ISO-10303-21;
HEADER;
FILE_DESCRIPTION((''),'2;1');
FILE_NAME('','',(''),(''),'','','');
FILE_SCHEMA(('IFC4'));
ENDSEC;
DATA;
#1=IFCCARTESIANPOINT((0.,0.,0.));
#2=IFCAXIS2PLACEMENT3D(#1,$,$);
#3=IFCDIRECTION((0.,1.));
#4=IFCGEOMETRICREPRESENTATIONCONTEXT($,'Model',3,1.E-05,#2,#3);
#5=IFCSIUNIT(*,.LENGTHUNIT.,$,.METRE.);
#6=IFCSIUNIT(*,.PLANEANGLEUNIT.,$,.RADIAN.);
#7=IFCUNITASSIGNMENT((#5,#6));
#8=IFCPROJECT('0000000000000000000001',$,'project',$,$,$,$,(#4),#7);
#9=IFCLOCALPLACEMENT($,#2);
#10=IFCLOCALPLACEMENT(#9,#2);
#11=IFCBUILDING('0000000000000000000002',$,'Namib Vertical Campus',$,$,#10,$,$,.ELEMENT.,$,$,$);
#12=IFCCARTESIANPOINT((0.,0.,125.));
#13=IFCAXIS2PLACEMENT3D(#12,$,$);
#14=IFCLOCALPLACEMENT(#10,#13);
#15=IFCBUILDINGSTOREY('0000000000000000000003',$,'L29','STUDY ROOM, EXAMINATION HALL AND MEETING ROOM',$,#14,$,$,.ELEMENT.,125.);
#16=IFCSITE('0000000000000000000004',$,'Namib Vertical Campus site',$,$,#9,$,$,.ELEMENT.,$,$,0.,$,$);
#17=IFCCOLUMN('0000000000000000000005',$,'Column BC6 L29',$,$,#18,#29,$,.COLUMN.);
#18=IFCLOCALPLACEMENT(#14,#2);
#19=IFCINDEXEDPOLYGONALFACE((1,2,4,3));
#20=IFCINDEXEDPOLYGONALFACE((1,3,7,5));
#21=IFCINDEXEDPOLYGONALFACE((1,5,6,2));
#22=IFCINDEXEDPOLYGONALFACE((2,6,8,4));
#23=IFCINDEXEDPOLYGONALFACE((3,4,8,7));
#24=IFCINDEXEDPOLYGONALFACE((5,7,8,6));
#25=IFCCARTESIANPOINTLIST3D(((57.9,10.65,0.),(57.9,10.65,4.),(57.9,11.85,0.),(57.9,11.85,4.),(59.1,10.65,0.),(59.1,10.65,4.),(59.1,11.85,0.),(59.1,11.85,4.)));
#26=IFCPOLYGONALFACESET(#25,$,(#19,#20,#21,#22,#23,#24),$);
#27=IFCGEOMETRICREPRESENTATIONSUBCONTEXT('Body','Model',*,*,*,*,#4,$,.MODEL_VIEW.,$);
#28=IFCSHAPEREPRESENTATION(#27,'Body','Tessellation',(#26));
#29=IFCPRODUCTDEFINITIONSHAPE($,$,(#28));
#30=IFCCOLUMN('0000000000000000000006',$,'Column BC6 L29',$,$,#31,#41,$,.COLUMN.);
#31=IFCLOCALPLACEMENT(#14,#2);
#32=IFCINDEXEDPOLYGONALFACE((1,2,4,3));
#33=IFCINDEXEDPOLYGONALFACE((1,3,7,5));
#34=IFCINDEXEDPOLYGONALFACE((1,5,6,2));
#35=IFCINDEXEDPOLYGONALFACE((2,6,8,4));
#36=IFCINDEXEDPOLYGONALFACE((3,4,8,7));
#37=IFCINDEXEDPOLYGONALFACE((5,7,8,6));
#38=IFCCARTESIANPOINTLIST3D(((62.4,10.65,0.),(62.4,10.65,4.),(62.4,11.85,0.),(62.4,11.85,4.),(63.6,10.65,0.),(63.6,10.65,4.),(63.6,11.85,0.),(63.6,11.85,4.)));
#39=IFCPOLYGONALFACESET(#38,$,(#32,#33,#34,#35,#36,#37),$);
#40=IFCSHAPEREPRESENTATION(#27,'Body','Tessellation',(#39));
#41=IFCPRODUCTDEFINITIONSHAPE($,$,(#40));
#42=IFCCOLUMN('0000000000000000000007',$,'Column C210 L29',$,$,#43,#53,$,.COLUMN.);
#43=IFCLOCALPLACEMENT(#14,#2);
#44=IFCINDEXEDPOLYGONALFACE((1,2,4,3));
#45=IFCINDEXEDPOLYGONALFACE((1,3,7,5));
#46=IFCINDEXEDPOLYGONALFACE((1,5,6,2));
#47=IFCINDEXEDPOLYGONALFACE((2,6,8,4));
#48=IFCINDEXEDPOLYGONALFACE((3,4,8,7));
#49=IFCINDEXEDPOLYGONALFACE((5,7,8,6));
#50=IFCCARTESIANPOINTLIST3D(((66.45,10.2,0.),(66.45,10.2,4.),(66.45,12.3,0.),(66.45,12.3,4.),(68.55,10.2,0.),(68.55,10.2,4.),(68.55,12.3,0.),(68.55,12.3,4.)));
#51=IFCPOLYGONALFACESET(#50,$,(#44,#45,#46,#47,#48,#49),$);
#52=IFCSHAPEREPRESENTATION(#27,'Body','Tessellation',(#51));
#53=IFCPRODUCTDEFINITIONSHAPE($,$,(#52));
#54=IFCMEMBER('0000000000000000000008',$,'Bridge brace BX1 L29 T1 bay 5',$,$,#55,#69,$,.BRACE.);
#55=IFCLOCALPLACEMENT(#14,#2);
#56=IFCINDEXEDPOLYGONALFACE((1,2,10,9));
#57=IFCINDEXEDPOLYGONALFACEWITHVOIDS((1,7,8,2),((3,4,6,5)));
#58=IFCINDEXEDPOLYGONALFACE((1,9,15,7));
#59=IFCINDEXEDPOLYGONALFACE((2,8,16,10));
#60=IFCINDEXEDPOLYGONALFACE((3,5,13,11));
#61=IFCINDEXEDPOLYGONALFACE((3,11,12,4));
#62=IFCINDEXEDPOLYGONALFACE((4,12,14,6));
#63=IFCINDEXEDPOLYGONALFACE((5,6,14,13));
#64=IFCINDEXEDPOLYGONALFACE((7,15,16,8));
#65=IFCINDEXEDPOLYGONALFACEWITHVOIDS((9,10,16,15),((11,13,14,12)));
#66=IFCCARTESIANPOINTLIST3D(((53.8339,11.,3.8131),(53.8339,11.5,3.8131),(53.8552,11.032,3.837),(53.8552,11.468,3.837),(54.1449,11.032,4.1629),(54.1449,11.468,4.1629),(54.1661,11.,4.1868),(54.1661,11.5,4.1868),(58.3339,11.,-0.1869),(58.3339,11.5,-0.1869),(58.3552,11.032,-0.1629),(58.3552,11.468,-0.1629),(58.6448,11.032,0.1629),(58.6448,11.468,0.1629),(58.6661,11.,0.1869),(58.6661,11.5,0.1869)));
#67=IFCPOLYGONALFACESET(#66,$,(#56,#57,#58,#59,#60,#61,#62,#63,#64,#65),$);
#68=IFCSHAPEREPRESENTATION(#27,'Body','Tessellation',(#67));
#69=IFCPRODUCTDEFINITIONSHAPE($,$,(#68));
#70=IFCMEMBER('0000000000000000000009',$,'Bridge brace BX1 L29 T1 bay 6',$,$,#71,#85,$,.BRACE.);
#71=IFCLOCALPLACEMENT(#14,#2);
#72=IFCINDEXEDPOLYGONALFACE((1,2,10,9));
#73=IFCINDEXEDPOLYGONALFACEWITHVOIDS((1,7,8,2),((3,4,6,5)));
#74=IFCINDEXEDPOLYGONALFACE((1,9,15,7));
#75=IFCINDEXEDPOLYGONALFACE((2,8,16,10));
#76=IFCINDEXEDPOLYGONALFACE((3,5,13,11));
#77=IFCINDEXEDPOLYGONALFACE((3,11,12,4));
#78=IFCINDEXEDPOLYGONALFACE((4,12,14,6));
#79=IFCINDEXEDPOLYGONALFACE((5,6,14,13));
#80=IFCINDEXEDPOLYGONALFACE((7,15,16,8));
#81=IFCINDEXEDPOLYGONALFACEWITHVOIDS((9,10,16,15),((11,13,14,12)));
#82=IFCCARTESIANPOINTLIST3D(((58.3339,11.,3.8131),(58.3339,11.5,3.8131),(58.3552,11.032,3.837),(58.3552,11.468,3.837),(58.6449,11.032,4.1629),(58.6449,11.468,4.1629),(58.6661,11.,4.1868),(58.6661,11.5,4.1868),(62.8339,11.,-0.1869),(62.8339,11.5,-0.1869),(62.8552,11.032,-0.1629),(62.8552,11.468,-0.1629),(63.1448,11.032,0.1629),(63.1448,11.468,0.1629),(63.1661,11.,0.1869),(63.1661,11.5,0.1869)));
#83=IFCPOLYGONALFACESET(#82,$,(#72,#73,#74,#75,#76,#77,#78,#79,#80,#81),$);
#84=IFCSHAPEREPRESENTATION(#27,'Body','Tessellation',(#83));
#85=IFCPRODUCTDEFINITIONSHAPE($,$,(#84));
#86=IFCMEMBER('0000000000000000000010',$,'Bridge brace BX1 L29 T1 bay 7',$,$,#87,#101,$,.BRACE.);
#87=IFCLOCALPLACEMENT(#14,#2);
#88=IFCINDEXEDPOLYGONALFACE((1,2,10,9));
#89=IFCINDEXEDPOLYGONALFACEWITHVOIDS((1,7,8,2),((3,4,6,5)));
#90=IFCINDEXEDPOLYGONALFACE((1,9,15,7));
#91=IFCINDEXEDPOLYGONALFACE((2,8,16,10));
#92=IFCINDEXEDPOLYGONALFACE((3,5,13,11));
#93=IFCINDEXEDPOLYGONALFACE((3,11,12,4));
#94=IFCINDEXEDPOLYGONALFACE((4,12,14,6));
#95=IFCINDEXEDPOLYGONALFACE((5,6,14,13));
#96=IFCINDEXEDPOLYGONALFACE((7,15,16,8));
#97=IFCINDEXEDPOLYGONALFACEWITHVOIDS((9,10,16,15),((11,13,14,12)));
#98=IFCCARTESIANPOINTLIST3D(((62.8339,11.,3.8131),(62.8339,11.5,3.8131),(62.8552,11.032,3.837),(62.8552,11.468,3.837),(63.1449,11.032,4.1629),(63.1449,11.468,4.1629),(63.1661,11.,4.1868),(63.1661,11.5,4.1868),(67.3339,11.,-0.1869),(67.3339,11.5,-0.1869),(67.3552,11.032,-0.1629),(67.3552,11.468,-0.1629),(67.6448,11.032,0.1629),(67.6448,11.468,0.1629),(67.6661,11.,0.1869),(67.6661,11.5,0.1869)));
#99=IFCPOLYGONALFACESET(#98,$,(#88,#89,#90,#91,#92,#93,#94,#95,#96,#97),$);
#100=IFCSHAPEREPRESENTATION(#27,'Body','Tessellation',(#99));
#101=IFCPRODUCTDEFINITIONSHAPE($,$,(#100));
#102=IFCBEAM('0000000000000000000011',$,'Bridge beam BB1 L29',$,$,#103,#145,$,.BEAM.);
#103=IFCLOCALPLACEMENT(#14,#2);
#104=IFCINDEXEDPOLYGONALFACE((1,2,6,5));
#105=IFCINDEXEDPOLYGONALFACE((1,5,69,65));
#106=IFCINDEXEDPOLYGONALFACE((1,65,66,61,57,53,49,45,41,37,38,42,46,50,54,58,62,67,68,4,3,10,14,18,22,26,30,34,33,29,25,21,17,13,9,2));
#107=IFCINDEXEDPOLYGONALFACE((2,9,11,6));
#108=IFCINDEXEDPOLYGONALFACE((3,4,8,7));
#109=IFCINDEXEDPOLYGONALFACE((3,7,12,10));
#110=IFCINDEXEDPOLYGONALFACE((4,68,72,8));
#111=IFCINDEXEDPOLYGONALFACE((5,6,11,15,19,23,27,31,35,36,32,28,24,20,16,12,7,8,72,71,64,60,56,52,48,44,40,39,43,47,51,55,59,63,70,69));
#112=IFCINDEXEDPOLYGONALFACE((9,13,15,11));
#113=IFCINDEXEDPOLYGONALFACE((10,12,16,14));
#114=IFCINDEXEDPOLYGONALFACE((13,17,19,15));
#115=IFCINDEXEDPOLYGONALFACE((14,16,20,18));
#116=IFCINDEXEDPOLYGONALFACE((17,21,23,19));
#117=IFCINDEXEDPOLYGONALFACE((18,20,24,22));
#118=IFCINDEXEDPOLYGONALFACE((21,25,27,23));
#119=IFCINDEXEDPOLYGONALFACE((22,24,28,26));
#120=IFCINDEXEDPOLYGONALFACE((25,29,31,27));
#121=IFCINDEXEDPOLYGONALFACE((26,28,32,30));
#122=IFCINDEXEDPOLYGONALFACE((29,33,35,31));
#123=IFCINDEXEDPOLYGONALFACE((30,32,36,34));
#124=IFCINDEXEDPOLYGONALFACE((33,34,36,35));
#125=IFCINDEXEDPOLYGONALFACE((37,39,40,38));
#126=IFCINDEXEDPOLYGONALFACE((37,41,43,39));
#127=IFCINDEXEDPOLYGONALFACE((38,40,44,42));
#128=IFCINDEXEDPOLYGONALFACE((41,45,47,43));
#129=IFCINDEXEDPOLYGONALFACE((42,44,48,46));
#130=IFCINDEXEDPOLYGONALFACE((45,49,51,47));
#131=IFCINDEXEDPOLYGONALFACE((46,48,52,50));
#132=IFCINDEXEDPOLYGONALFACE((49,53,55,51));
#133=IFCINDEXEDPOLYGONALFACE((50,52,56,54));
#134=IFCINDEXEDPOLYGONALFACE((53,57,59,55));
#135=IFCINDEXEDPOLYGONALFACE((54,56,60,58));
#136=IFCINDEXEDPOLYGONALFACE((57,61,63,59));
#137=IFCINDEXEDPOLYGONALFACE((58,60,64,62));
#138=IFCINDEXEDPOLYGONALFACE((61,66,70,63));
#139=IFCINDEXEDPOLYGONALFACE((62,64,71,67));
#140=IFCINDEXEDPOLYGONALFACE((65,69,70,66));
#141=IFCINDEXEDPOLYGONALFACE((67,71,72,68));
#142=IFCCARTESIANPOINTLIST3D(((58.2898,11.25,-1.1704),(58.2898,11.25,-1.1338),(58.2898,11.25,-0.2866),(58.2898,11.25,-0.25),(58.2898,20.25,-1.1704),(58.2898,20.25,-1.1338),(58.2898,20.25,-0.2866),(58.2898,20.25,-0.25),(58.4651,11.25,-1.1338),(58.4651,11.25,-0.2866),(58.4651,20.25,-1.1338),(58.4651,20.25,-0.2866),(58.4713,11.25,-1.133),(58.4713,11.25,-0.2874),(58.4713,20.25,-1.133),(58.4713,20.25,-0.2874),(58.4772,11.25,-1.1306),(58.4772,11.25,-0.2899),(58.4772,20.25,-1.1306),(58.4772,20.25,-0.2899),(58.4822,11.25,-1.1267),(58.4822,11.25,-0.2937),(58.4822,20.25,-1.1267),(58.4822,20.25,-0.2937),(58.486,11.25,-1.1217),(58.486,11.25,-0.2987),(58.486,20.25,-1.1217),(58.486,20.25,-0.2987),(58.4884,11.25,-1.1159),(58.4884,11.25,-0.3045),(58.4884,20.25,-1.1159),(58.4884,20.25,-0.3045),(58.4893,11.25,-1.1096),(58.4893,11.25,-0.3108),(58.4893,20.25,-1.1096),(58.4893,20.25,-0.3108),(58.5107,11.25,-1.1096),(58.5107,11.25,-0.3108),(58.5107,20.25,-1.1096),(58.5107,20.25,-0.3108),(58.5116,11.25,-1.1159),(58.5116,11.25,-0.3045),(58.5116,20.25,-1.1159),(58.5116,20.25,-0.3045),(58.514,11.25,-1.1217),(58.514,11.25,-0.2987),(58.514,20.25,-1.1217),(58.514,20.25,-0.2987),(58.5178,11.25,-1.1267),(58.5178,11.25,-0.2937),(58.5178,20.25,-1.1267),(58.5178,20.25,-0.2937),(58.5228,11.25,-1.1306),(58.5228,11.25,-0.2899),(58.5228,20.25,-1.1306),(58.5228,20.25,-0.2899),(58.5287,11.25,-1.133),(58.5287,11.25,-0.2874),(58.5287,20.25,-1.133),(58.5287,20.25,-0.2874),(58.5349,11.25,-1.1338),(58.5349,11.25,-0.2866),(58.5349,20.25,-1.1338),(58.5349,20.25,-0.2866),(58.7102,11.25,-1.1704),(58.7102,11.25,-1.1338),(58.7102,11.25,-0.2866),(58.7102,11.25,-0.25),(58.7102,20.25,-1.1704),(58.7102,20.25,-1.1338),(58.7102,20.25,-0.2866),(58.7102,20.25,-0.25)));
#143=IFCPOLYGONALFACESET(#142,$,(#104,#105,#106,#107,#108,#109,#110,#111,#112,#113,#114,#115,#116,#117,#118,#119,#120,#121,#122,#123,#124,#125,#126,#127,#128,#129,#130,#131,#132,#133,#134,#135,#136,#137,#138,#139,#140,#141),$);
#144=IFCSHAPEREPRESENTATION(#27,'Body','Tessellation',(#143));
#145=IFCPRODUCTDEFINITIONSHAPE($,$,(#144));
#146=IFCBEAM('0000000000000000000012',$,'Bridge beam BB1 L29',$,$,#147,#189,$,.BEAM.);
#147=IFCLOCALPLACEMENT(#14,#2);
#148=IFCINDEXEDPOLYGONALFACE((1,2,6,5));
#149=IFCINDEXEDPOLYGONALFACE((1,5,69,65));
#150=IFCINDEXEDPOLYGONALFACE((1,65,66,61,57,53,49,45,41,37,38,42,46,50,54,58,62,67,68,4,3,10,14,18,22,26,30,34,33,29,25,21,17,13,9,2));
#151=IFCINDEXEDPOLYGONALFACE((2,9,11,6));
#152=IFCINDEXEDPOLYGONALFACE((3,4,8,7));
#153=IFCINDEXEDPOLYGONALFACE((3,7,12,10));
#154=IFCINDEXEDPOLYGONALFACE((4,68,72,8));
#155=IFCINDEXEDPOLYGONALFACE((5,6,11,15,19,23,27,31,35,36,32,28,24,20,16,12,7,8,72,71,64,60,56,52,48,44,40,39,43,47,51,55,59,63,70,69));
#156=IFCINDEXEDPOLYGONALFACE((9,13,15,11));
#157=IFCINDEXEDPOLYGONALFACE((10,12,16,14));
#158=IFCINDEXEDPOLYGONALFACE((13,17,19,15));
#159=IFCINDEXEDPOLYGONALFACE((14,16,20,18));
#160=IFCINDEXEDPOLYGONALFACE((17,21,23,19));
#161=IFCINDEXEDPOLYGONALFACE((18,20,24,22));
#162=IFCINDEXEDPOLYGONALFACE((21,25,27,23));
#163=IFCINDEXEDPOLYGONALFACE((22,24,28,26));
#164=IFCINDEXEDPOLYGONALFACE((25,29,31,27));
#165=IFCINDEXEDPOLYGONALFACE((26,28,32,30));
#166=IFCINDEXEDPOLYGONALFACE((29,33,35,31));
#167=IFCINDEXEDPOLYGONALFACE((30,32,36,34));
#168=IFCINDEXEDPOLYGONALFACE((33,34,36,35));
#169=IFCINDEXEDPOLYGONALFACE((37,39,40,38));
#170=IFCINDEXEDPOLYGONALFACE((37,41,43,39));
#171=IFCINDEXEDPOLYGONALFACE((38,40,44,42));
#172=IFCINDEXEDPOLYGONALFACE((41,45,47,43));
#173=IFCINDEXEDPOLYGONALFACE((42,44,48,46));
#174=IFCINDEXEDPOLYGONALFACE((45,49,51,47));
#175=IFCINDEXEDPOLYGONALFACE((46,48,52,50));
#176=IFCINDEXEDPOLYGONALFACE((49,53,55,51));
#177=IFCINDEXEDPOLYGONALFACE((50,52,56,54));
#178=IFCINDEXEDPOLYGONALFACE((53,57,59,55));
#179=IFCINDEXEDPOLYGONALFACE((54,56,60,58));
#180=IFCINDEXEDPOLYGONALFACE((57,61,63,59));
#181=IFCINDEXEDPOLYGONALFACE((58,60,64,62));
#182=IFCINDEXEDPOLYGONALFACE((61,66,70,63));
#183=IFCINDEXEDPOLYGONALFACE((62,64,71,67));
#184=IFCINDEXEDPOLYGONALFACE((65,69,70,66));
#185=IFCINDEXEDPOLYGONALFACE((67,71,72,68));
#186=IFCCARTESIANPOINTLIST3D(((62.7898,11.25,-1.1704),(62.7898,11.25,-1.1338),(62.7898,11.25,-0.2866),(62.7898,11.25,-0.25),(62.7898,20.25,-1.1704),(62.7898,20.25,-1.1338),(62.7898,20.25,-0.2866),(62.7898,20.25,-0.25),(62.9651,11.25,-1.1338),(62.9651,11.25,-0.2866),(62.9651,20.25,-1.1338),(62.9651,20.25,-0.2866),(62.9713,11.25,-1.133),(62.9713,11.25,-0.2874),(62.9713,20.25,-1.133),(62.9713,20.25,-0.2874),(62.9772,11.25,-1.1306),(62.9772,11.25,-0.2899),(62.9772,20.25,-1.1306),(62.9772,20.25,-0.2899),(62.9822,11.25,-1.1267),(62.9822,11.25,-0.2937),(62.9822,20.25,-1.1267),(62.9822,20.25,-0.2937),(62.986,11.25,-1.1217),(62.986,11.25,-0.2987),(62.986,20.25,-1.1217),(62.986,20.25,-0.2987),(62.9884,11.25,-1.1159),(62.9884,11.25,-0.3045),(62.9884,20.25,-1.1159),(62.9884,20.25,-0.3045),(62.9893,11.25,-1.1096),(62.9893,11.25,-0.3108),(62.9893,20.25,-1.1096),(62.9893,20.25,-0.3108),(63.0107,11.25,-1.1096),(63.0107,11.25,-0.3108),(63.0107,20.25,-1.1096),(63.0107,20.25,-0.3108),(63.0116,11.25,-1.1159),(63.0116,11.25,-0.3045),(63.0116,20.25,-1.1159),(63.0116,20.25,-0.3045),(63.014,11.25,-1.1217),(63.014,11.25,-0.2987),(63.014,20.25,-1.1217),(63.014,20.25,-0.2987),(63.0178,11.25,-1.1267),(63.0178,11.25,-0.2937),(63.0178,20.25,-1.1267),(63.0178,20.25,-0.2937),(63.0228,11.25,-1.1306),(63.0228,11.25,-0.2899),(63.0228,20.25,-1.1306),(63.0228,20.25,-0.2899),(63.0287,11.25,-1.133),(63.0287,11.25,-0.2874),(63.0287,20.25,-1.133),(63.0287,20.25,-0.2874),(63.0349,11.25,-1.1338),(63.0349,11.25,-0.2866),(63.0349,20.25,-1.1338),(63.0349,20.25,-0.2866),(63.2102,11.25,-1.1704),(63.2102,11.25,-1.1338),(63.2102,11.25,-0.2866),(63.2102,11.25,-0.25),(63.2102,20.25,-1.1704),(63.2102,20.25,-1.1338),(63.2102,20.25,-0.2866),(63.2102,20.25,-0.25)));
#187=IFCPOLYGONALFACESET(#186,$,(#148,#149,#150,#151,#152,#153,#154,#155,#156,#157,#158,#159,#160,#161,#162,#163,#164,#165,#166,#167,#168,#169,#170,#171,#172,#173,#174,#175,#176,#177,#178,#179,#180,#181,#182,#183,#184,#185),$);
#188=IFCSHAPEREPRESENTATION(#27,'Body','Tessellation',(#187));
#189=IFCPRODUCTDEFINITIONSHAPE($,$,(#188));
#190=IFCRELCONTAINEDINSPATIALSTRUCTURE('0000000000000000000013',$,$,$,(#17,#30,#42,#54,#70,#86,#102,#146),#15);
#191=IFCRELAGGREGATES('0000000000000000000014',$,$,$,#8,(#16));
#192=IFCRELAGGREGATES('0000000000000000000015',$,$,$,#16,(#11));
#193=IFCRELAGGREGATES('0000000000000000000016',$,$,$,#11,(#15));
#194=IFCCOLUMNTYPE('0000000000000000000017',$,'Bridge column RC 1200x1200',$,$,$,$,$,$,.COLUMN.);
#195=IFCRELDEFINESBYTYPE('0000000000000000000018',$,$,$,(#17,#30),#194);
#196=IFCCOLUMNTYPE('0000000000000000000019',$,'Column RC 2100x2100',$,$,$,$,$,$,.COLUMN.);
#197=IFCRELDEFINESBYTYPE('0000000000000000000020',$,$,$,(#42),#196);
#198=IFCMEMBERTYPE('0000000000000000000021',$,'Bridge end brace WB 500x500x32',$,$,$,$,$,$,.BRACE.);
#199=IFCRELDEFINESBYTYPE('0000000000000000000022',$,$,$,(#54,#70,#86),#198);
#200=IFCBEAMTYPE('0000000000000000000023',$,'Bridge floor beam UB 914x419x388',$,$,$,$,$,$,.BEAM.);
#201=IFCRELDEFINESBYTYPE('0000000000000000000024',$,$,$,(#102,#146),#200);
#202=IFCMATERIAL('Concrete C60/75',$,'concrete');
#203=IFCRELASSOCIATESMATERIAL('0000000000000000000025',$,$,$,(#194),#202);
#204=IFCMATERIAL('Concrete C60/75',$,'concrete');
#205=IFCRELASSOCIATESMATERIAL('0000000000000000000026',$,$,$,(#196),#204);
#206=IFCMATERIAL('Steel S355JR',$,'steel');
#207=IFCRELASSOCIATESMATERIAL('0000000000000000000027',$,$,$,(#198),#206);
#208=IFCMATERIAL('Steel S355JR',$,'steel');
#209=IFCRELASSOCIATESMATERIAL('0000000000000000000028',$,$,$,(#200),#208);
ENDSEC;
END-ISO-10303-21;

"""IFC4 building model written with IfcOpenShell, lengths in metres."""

from ifc_helpers import new_model, si_unit, direction, frame, origin, origin_2d, place, context, subcontext, project, spatial, rectangle, hollow_rectangle, i_section, extrude, material, material_profile, profile_set, type_object, element, save


model = new_model("IFC4")

# Units and contexts
model_context = context("Model", 3, precision=1e-05, world=origin(), true_north=direction((0.0, 1.0)))
body_context = subcontext(model_context, "Body", "Model", "MODEL_VIEW")
ifc_project = project(units=[si_unit("LENGTHUNIT", "METRE"), si_unit("PLANEANGLEUNIT", "RADIAN")], contexts=[model_context])

# Site, building, storey
site_placement = place(None, origin())
site = spatial("IfcSite", under=ifc_project, at=site_placement, Name="Namib Vertical Campus site", CompositionType="ELEMENT", RefElevation=0.0)
building_placement = place(site_placement, origin())
building = spatial("IfcBuilding", under=site, at=building_placement, Name="Namib Vertical Campus", CompositionType="ELEMENT")
storey_placement = place(building_placement, frame((0.0, 0.0, 125.0)))
storey = spatial("IfcBuildingStorey", under=building, at=storey_placement, Name="L29", Description="STUDY ROOM, EXAMINATION HALL AND MEETING ROOM", CompositionType="ELEMENT", Elevation=125.0)

# Columns
ifc_material_1 = material(Name="Concrete C60/75", Category="concrete")
ifc_material_profile_1 = material_profile(ifc_material_1, rectangle(XDim=1.2, YDim=1.2, at=origin_2d()))
ifc_profile_set_1 = profile_set([ifc_material_profile_1], Name="Concrete C60/75")
column_type_1 = type_object("IfcColumnType", Name="Bridge column RC 1200x1200", PredefinedType="COLUMN", material=ifc_profile_set_1)
for number, where, z_axis, x_axis, name in (
    (1, (58.5, 11.25, 0.0), (0.0, 0.0, 1.0), (1.0, 0.0, 0.0), "Column BC6 L29"),
    (2, (63.0, 11.25, 0.0), (0.0, 0.0, 1.0), (1.0, 0.0, 0.0), "Column BC6 L29"),
):
    element("IfcColumn", number, at=place(storey_placement, frame(where, z_axis=z_axis, x_axis=x_axis)), inside=storey, type_object=column_type_1, Name=name, PredefinedType="COLUMN", context=body_context, shape_type="SweptSolid", body=[
        extrude(rectangle(XDim=1.2, YDim=1.2, at=origin_2d()), origin(), (0.0, 0.0, 1.0), 4.0),
    ])
ifc_material_2 = material(Name="Concrete C60/75", Category="concrete")
ifc_material_profile_2 = material_profile(ifc_material_2, rectangle(XDim=2.1001, YDim=2.1001, at=origin_2d()))
ifc_profile_set_2 = profile_set([ifc_material_profile_2], Name="Concrete C60/75")
column_type_2 = type_object("IfcColumnType", Name="Column RC 2100x2100", PredefinedType="COLUMN", material=ifc_profile_set_2)
column_placement = place(storey_placement, frame((67.5, 11.25, 0.0), z_axis=(0.0, 0.0, 1.0), x_axis=(1.0, 0.0, 0.0)))
element("IfcColumn", 3, at=column_placement, inside=storey, type_object=column_type_2, Name="Column C210 L29", PredefinedType="COLUMN", context=body_context, shape_type="SweptSolid", body=[
    extrude(rectangle(XDim=2.1001, YDim=2.1001, at=origin_2d()), origin(), (0.0, 0.0, 1.0), 4.0),
])

# Members
ifc_material_3 = material(Name="Steel S355JR", Category="steel")
ifc_material_profile_3 = material_profile(ifc_material_3, hollow_rectangle(XDim=0.5, YDim=0.5, WallThickness=0.032, at=origin_2d()))
ifc_profile_set_3 = profile_set([ifc_material_profile_3], Name="Steel S355JR")
member_type_1 = type_object("IfcMemberType", Name="Bridge end brace WB 500x500x32", PredefinedType="BRACE", material=ifc_profile_set_3)
for number, where, z_axis, x_axis, name in (
    (4, (58.5, 11.25, 0.0), (-0.747409, 0.0, 0.664364), (0.0, -1.0, 0.0), "Bridge brace BX1 L29 T1 bay 5"),
    (5, (63.0, 11.25, 0.0), (-0.747409, 0.0, 0.664364), (0.0, -1.0, 0.0), "Bridge brace BX1 L29 T1 bay 6"),
    (6, (67.5, 11.25, 0.0), (-0.747409, 0.0, 0.664364), (0.0, -1.0, 0.0), "Bridge brace BX1 L29 T1 bay 7"),
):
    element("IfcMember", number, at=place(storey_placement, frame(where, z_axis=z_axis, x_axis=x_axis)), inside=storey, type_object=member_type_1, Name=name, PredefinedType="BRACE", context=body_context, shape_type="SweptSolid", body=[
        extrude(hollow_rectangle(XDim=0.5, YDim=0.5, WallThickness=0.032, at=origin_2d()), origin(), (0.0, 0.0, 1.0), 6.0208),
    ])

# Beams
ifc_material_4 = material(Name="Steel S355JR", Category="steel")
ifc_material_profile_4 = material_profile(ifc_material_4, i_section(OverallWidth=0.4204, OverallDepth=0.9204, WebThickness=0.0215, FlangeThickness=0.0366, FilletRadius=0.0242, at=origin_2d()))
ifc_profile_set_4 = profile_set([ifc_material_profile_4], Name="Steel S355JR")
beam_type_1 = type_object("IfcBeamType", Name="Bridge floor beam UB 914x419x388", PredefinedType="BEAM", material=ifc_profile_set_4)
for number, where, z_axis, x_axis, name in (
    (7, (58.5, 11.25, -0.7102), (0.0, 1.0, 0.0), (-1.0, 0.0, 0.0), "Bridge beam BB1 L29"),
    (8, (63.0, 11.25, -0.7102), (0.0, 1.0, 0.0), (-1.0, 0.0, 0.0), "Bridge beam BB1 L29"),
):
    element("IfcBeam", number, at=place(storey_placement, frame(where, z_axis=z_axis, x_axis=x_axis)), inside=storey, type_object=beam_type_1, Name=name, PredefinedType="BEAM", context=body_context, shape_type="SweptSolid", body=[
        extrude(i_section(OverallWidth=0.4204, OverallDepth=0.9204, WebThickness=0.0215, FlangeThickness=0.0366, FilletRadius=0.0242, at=origin_2d()), origin(), (0.0, 0.0, 1.0), 9.0),
    ])

save(model, "model.ifc")
